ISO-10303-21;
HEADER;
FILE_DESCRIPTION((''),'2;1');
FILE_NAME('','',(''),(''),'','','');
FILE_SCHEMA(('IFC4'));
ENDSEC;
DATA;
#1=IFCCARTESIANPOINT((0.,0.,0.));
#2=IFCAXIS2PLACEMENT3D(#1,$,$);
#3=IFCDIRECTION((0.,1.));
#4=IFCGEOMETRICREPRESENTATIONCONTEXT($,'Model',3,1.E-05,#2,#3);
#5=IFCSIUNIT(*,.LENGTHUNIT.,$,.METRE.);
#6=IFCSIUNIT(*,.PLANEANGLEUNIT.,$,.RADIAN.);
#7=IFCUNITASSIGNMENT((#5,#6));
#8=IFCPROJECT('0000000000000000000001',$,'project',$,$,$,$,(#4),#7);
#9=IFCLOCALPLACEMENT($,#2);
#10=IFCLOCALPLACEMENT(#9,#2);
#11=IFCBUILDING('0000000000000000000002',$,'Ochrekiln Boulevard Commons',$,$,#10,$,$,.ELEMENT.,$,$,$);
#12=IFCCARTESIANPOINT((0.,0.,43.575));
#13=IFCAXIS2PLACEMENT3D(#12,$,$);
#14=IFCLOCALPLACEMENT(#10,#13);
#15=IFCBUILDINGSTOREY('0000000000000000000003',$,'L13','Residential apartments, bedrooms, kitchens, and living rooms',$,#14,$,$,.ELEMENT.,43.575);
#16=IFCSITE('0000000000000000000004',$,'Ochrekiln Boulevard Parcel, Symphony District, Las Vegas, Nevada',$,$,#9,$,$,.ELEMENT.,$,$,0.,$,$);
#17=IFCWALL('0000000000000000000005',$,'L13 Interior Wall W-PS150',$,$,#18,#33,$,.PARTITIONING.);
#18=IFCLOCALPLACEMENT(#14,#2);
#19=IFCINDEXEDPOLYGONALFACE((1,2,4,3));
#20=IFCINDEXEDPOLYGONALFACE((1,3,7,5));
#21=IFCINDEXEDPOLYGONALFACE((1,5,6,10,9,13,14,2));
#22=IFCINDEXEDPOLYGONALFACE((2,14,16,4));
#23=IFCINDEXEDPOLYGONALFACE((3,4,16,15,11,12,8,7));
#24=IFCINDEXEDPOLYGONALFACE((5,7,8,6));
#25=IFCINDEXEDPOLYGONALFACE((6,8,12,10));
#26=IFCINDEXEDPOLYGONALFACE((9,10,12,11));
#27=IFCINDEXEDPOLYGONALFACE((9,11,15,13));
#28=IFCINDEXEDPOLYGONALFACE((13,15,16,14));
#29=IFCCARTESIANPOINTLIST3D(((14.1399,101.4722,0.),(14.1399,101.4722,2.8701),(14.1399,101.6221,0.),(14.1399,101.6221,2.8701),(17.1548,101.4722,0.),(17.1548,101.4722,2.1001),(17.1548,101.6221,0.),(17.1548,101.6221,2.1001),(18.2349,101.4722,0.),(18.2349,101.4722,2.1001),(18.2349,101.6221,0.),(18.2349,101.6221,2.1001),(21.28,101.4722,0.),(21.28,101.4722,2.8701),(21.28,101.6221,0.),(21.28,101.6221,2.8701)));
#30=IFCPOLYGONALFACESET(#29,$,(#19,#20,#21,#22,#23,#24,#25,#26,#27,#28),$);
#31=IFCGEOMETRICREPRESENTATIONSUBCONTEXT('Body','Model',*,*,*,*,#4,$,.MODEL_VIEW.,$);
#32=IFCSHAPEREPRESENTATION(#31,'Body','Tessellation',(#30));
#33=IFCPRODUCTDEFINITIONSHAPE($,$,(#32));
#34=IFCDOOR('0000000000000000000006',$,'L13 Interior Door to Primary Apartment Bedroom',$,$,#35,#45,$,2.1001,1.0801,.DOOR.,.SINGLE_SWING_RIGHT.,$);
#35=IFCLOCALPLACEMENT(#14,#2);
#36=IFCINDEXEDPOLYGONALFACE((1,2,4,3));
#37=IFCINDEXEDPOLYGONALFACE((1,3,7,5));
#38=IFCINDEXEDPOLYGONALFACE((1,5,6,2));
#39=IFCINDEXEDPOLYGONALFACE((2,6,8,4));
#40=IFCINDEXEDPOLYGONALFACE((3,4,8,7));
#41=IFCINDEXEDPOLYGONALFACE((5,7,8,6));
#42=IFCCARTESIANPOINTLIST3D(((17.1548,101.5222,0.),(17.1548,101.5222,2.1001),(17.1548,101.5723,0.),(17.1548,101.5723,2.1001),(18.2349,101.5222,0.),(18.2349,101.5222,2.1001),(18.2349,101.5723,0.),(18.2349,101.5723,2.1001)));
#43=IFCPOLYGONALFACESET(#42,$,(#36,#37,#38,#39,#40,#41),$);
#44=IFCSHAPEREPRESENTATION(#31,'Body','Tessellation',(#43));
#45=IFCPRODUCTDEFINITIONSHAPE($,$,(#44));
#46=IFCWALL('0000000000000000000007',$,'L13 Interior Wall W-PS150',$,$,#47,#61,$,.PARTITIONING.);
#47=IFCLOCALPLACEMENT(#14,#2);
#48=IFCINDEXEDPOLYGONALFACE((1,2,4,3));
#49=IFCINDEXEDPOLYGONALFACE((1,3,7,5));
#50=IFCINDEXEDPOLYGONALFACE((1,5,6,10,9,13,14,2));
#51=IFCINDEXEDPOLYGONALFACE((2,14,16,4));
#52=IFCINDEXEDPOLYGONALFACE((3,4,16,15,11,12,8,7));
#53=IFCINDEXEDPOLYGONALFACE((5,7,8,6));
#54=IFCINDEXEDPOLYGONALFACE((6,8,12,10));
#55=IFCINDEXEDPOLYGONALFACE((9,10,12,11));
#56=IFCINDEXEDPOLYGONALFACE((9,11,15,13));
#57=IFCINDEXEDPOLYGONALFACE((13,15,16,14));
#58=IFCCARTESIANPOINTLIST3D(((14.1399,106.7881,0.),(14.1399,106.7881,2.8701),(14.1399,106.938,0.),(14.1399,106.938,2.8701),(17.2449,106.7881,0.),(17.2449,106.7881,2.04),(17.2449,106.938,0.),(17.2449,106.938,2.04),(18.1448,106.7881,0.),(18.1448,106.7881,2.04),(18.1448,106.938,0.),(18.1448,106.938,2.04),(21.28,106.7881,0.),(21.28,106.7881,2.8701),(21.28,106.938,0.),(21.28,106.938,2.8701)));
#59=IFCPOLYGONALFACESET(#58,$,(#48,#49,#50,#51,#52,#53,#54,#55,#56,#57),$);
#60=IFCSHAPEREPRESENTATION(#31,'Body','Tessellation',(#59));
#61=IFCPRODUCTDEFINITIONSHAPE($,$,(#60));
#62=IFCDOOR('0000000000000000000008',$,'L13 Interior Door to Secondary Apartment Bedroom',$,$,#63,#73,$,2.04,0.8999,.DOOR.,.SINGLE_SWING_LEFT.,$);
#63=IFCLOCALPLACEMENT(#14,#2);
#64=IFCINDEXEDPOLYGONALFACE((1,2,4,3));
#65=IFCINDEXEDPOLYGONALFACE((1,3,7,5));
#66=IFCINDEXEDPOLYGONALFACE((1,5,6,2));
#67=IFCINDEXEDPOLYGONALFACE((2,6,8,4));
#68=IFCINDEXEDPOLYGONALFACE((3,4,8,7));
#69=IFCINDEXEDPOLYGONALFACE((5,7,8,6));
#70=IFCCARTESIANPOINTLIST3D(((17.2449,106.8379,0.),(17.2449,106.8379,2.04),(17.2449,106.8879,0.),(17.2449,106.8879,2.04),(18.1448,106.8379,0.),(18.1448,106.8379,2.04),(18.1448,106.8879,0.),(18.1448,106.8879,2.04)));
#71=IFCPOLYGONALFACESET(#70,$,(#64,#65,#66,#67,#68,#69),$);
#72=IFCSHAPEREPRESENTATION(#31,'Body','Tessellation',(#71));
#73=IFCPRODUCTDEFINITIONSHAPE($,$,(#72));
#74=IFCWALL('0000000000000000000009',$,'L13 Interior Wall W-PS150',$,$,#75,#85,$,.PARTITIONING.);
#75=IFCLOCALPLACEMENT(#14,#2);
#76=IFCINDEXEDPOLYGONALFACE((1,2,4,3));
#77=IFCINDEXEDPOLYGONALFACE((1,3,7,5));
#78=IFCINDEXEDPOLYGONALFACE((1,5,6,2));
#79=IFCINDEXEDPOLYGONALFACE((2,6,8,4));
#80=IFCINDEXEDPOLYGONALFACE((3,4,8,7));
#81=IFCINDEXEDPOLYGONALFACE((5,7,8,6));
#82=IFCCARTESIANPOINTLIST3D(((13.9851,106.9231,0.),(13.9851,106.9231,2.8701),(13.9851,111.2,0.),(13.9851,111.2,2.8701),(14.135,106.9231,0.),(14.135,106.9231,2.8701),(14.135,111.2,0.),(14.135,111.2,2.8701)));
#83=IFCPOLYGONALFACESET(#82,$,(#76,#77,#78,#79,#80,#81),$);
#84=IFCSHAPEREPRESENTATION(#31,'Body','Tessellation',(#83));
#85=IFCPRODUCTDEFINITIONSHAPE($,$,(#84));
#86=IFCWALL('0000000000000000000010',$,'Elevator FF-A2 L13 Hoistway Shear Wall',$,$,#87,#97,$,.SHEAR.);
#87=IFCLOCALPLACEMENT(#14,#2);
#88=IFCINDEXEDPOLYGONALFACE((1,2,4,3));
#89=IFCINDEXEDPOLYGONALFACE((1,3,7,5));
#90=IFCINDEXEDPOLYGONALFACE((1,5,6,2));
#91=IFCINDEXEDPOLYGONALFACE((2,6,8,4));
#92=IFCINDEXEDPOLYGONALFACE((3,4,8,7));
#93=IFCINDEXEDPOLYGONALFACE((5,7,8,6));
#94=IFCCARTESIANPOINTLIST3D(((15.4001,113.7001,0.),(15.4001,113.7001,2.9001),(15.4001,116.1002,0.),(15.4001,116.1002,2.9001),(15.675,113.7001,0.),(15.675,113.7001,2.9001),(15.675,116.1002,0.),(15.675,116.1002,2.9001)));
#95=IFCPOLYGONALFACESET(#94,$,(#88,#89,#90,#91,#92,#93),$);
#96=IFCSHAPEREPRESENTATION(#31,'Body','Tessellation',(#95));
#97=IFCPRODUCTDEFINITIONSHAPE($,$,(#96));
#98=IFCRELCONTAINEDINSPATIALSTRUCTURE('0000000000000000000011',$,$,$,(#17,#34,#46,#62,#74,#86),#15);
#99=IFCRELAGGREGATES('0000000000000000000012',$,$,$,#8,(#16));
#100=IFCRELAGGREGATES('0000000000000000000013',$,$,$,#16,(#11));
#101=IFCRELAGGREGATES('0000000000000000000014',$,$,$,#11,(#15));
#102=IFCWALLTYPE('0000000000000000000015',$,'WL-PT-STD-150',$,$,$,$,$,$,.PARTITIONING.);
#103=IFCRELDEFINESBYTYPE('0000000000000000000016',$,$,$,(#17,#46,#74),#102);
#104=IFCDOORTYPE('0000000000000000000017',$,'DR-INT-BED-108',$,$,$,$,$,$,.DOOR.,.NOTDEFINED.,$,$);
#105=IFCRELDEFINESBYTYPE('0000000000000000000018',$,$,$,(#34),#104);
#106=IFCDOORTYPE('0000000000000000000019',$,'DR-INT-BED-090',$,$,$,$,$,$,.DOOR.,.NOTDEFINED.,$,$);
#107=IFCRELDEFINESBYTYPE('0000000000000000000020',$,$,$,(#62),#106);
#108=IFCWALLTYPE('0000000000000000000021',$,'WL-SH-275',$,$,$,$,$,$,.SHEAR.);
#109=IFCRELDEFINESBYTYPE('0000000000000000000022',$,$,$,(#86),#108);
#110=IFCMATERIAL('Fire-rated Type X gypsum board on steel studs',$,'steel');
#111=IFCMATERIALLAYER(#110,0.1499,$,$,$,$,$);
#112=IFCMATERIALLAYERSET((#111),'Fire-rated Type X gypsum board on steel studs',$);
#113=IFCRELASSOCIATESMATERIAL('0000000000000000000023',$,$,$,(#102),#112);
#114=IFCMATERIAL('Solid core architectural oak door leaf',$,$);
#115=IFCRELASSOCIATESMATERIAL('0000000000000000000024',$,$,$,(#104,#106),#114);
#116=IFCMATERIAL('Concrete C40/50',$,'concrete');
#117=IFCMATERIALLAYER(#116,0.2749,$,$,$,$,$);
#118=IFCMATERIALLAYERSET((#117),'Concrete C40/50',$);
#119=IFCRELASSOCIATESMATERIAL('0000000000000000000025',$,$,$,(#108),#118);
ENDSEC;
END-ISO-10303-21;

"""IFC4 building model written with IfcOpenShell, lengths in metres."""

from ifc_helpers import new_model, si_unit, direction, frame, frame_2d, origin, place, context, subcontext, project, spatial, rectangle, extrude, material, layer, layer_set, type_object, element, fill, save


model = new_model("IFC4")

# Units and contexts
model_context = context("Model", 3, precision=1e-05, world=origin(), true_north=direction((0.0, 1.0)))
body_context = subcontext(model_context, "Body", "Model", "MODEL_VIEW")
ifc_project = project(units=[si_unit("LENGTHUNIT", "METRE"), si_unit("PLANEANGLEUNIT", "RADIAN")], contexts=[model_context])

# Site, building, storey
site_placement = place(None, origin())
site = spatial("IfcSite", under=ifc_project, at=site_placement, Name="Ochrekiln Boulevard Parcel, Symphony District, Las Vegas, Nevada", CompositionType="ELEMENT", RefElevation=0.0)
building_placement = place(site_placement, origin())
building = spatial("IfcBuilding", under=site, at=building_placement, Name="Ochrekiln Boulevard Commons", CompositionType="ELEMENT")
storey_placement = place(building_placement, frame((0.0, 0.0, 43.575)))
storey = spatial("IfcBuildingStorey", under=building, at=storey_placement, Name="L13", Description="Residential apartments, bedrooms, kitchens, and living rooms", CompositionType="ELEMENT", Elevation=43.575)

# Shared definitions
ifc_material_1 = material(Name="Concrete C40/50", Category="concrete")

# Shared definitions
ifc_material_2 = material(Name="Fire-rated Type X gypsum board on steel studs", Category="steel")
ifc_layer_1 = layer(ifc_material_2, 0.1499)
ifc_layer_set_1 = layer_set([ifc_layer_1], Name="Fire-rated Type X gypsum board on steel studs")
wall_type_1 = type_object("IfcWallType", Name="WL-PT-STD-150", PredefinedType="PARTITIONING", material=ifc_layer_set_1)

# Walls, openings, doors
wall_1_placement = place(storey_placement, frame((14.1399, 101.5471, 0.0), z_axis=(0.0, 0.0, 1.0), x_axis=(1.0, 0.0, 0.0)))
wall_1 = element("IfcWall", 1, at=wall_1_placement, inside=storey, type_object=wall_type_1, Name="L13 Interior Wall W-PS150", PredefinedType="PARTITIONING", context=body_context, shape_type="SweptSolid", body=[
    extrude(rectangle(XDim=7.1401, YDim=0.1499, at=frame_2d((3.5701, 0.0))), origin(), (0.0, 0.0, 1.0), 2.8701),
])
opening_1_placement = place(wall_1_placement, frame((3.0149, 0.0, 0.0)))
opening_1 = element("IfcOpeningElement", 2, at=opening_1_placement, cuts=wall_1, PredefinedType="OPENING", context=body_context, shape_type="SweptSolid", body=[
    extrude(rectangle(XDim=1.0801, YDim=2.1001, at=frame_2d((0.54, 1.05))), frame((0.0, 0.085, 0.0), z_axis=(0.0, -1.0, 0.0), x_axis=(1.0, 0.0, 0.0)), (0.0, 0.0, 1.0), 0.1699),
])
ifc_material_3 = material(Name="Solid core architectural oak door leaf")
door_type_1 = type_object("IfcDoorType", Name="DR-INT-BED-108", OperationType="NOTDEFINED", PredefinedType="DOOR", material=ifc_material_3)
door_1_placement = place(opening_1_placement, frame((1.0801, 0.0, 0.0), z_axis=(0.0, 0.0, 1.0), x_axis=(-1.0, 0.0, 0.0)))
door_1 = element("IfcDoor", 3, at=door_1_placement, inside=storey, type_object=door_type_1, Name="L13 Interior Door to Primary Apartment Bedroom", OperationType="SINGLE_SWING_RIGHT", OverallHeight=2.1001, OverallWidth=1.0801, PredefinedType="DOOR", context=body_context, shape_type="SweptSolid", body=[
    extrude(rectangle(XDim=1.0801, YDim=2.1001, at=frame_2d((0.54, 1.05))), frame((0.0, 0.0249, 0.0), z_axis=(0.0, -1.0, 0.0), x_axis=(1.0, 0.0, 0.0)), (0.0, 0.0, 1.0), 0.05),
])
fill(opening_1, door_1)
wall_2_placement = place(storey_placement, frame((14.1399, 106.863, 0.0), z_axis=(0.0, 0.0, 1.0), x_axis=(1.0, 0.0, 0.0)))
wall_2 = element("IfcWall", 4, at=wall_2_placement, inside=storey, type_object=wall_type_1, Name="L13 Interior Wall W-PS150", PredefinedType="PARTITIONING", context=body_context, shape_type="SweptSolid", body=[
    extrude(rectangle(XDim=7.1401, YDim=0.1499, at=frame_2d((3.5701, 0.0))), origin(), (0.0, 0.0, 1.0), 2.8701),
])
opening_2_placement = place(wall_2_placement, frame((3.105, 0.0, 0.0)))
opening_2 = element("IfcOpeningElement", 5, at=opening_2_placement, cuts=wall_2, PredefinedType="OPENING", context=body_context, shape_type="SweptSolid", body=[
    extrude(rectangle(XDim=0.8999, YDim=2.04, at=frame_2d((0.45, 1.02))), frame((0.0, 0.085, 0.0), z_axis=(0.0, -1.0, 0.0), x_axis=(1.0, 0.0, 0.0)), (0.0, 0.0, 1.0), 0.1699),
])
door_type_2 = type_object("IfcDoorType", Name="DR-INT-BED-090", OperationType="NOTDEFINED", PredefinedType="DOOR", material=ifc_material_3)
door_2_placement = place(opening_2_placement, origin())
door_2 = element("IfcDoor", 6, at=door_2_placement, inside=storey, type_object=door_type_2, Name="L13 Interior Door to Secondary Apartment Bedroom", OperationType="SINGLE_SWING_LEFT", OverallHeight=2.04, OverallWidth=0.8999, PredefinedType="DOOR", context=body_context, shape_type="SweptSolid", body=[
    extrude(rectangle(XDim=0.8999, YDim=2.04, at=frame_2d((0.45, 1.02))), frame((0.0, 0.0249, 0.0), z_axis=(0.0, -1.0, 0.0), x_axis=(1.0, 0.0, 0.0)), (0.0, 0.0, 1.0), 0.05),
])
fill(opening_2, door_2)

# Walls
wall_3_placement = place(storey_placement, frame((14.0601, 106.9231, 0.0), z_axis=(0.0, 0.0, 1.0), x_axis=(0.0, 1.0, 0.0)))
element("IfcWall", 7, at=wall_3_placement, inside=storey, type_object=wall_type_1, Name="L13 Interior Wall W-PS150", PredefinedType="PARTITIONING", context=body_context, shape_type="SweptSolid", body=[
    extrude(rectangle(XDim=4.2769, YDim=0.1499, at=frame_2d((2.1384, 0.0))), origin(), (0.0, 0.0, 1.0), 2.8701),
])
ifc_layer_2 = layer(ifc_material_1, 0.2749)
ifc_layer_set_2 = layer_set([ifc_layer_2], Name="Concrete C40/50")
wall_type_2 = type_object("IfcWallType", Name="WL-SH-275", PredefinedType="SHEAR", material=ifc_layer_set_2)
wall_4_placement = place(storey_placement, frame((15.5376, 113.7, 0.0), z_axis=(0.0, 0.0, 1.0), x_axis=(0.0, 1.0, 0.0)))
element("IfcWall", 8, at=wall_4_placement, inside=storey, type_object=wall_type_2, Name="Elevator FF-A2 L13 Hoistway Shear Wall", PredefinedType="SHEAR", context=body_context, shape_type="SweptSolid", body=[
    extrude(rectangle(XDim=2.4001, YDim=0.2749, at=frame_2d((1.2002, 0.0))), origin(), (0.0, 0.0, 1.0), 2.9001),
])

save(model, "model.ifc")
